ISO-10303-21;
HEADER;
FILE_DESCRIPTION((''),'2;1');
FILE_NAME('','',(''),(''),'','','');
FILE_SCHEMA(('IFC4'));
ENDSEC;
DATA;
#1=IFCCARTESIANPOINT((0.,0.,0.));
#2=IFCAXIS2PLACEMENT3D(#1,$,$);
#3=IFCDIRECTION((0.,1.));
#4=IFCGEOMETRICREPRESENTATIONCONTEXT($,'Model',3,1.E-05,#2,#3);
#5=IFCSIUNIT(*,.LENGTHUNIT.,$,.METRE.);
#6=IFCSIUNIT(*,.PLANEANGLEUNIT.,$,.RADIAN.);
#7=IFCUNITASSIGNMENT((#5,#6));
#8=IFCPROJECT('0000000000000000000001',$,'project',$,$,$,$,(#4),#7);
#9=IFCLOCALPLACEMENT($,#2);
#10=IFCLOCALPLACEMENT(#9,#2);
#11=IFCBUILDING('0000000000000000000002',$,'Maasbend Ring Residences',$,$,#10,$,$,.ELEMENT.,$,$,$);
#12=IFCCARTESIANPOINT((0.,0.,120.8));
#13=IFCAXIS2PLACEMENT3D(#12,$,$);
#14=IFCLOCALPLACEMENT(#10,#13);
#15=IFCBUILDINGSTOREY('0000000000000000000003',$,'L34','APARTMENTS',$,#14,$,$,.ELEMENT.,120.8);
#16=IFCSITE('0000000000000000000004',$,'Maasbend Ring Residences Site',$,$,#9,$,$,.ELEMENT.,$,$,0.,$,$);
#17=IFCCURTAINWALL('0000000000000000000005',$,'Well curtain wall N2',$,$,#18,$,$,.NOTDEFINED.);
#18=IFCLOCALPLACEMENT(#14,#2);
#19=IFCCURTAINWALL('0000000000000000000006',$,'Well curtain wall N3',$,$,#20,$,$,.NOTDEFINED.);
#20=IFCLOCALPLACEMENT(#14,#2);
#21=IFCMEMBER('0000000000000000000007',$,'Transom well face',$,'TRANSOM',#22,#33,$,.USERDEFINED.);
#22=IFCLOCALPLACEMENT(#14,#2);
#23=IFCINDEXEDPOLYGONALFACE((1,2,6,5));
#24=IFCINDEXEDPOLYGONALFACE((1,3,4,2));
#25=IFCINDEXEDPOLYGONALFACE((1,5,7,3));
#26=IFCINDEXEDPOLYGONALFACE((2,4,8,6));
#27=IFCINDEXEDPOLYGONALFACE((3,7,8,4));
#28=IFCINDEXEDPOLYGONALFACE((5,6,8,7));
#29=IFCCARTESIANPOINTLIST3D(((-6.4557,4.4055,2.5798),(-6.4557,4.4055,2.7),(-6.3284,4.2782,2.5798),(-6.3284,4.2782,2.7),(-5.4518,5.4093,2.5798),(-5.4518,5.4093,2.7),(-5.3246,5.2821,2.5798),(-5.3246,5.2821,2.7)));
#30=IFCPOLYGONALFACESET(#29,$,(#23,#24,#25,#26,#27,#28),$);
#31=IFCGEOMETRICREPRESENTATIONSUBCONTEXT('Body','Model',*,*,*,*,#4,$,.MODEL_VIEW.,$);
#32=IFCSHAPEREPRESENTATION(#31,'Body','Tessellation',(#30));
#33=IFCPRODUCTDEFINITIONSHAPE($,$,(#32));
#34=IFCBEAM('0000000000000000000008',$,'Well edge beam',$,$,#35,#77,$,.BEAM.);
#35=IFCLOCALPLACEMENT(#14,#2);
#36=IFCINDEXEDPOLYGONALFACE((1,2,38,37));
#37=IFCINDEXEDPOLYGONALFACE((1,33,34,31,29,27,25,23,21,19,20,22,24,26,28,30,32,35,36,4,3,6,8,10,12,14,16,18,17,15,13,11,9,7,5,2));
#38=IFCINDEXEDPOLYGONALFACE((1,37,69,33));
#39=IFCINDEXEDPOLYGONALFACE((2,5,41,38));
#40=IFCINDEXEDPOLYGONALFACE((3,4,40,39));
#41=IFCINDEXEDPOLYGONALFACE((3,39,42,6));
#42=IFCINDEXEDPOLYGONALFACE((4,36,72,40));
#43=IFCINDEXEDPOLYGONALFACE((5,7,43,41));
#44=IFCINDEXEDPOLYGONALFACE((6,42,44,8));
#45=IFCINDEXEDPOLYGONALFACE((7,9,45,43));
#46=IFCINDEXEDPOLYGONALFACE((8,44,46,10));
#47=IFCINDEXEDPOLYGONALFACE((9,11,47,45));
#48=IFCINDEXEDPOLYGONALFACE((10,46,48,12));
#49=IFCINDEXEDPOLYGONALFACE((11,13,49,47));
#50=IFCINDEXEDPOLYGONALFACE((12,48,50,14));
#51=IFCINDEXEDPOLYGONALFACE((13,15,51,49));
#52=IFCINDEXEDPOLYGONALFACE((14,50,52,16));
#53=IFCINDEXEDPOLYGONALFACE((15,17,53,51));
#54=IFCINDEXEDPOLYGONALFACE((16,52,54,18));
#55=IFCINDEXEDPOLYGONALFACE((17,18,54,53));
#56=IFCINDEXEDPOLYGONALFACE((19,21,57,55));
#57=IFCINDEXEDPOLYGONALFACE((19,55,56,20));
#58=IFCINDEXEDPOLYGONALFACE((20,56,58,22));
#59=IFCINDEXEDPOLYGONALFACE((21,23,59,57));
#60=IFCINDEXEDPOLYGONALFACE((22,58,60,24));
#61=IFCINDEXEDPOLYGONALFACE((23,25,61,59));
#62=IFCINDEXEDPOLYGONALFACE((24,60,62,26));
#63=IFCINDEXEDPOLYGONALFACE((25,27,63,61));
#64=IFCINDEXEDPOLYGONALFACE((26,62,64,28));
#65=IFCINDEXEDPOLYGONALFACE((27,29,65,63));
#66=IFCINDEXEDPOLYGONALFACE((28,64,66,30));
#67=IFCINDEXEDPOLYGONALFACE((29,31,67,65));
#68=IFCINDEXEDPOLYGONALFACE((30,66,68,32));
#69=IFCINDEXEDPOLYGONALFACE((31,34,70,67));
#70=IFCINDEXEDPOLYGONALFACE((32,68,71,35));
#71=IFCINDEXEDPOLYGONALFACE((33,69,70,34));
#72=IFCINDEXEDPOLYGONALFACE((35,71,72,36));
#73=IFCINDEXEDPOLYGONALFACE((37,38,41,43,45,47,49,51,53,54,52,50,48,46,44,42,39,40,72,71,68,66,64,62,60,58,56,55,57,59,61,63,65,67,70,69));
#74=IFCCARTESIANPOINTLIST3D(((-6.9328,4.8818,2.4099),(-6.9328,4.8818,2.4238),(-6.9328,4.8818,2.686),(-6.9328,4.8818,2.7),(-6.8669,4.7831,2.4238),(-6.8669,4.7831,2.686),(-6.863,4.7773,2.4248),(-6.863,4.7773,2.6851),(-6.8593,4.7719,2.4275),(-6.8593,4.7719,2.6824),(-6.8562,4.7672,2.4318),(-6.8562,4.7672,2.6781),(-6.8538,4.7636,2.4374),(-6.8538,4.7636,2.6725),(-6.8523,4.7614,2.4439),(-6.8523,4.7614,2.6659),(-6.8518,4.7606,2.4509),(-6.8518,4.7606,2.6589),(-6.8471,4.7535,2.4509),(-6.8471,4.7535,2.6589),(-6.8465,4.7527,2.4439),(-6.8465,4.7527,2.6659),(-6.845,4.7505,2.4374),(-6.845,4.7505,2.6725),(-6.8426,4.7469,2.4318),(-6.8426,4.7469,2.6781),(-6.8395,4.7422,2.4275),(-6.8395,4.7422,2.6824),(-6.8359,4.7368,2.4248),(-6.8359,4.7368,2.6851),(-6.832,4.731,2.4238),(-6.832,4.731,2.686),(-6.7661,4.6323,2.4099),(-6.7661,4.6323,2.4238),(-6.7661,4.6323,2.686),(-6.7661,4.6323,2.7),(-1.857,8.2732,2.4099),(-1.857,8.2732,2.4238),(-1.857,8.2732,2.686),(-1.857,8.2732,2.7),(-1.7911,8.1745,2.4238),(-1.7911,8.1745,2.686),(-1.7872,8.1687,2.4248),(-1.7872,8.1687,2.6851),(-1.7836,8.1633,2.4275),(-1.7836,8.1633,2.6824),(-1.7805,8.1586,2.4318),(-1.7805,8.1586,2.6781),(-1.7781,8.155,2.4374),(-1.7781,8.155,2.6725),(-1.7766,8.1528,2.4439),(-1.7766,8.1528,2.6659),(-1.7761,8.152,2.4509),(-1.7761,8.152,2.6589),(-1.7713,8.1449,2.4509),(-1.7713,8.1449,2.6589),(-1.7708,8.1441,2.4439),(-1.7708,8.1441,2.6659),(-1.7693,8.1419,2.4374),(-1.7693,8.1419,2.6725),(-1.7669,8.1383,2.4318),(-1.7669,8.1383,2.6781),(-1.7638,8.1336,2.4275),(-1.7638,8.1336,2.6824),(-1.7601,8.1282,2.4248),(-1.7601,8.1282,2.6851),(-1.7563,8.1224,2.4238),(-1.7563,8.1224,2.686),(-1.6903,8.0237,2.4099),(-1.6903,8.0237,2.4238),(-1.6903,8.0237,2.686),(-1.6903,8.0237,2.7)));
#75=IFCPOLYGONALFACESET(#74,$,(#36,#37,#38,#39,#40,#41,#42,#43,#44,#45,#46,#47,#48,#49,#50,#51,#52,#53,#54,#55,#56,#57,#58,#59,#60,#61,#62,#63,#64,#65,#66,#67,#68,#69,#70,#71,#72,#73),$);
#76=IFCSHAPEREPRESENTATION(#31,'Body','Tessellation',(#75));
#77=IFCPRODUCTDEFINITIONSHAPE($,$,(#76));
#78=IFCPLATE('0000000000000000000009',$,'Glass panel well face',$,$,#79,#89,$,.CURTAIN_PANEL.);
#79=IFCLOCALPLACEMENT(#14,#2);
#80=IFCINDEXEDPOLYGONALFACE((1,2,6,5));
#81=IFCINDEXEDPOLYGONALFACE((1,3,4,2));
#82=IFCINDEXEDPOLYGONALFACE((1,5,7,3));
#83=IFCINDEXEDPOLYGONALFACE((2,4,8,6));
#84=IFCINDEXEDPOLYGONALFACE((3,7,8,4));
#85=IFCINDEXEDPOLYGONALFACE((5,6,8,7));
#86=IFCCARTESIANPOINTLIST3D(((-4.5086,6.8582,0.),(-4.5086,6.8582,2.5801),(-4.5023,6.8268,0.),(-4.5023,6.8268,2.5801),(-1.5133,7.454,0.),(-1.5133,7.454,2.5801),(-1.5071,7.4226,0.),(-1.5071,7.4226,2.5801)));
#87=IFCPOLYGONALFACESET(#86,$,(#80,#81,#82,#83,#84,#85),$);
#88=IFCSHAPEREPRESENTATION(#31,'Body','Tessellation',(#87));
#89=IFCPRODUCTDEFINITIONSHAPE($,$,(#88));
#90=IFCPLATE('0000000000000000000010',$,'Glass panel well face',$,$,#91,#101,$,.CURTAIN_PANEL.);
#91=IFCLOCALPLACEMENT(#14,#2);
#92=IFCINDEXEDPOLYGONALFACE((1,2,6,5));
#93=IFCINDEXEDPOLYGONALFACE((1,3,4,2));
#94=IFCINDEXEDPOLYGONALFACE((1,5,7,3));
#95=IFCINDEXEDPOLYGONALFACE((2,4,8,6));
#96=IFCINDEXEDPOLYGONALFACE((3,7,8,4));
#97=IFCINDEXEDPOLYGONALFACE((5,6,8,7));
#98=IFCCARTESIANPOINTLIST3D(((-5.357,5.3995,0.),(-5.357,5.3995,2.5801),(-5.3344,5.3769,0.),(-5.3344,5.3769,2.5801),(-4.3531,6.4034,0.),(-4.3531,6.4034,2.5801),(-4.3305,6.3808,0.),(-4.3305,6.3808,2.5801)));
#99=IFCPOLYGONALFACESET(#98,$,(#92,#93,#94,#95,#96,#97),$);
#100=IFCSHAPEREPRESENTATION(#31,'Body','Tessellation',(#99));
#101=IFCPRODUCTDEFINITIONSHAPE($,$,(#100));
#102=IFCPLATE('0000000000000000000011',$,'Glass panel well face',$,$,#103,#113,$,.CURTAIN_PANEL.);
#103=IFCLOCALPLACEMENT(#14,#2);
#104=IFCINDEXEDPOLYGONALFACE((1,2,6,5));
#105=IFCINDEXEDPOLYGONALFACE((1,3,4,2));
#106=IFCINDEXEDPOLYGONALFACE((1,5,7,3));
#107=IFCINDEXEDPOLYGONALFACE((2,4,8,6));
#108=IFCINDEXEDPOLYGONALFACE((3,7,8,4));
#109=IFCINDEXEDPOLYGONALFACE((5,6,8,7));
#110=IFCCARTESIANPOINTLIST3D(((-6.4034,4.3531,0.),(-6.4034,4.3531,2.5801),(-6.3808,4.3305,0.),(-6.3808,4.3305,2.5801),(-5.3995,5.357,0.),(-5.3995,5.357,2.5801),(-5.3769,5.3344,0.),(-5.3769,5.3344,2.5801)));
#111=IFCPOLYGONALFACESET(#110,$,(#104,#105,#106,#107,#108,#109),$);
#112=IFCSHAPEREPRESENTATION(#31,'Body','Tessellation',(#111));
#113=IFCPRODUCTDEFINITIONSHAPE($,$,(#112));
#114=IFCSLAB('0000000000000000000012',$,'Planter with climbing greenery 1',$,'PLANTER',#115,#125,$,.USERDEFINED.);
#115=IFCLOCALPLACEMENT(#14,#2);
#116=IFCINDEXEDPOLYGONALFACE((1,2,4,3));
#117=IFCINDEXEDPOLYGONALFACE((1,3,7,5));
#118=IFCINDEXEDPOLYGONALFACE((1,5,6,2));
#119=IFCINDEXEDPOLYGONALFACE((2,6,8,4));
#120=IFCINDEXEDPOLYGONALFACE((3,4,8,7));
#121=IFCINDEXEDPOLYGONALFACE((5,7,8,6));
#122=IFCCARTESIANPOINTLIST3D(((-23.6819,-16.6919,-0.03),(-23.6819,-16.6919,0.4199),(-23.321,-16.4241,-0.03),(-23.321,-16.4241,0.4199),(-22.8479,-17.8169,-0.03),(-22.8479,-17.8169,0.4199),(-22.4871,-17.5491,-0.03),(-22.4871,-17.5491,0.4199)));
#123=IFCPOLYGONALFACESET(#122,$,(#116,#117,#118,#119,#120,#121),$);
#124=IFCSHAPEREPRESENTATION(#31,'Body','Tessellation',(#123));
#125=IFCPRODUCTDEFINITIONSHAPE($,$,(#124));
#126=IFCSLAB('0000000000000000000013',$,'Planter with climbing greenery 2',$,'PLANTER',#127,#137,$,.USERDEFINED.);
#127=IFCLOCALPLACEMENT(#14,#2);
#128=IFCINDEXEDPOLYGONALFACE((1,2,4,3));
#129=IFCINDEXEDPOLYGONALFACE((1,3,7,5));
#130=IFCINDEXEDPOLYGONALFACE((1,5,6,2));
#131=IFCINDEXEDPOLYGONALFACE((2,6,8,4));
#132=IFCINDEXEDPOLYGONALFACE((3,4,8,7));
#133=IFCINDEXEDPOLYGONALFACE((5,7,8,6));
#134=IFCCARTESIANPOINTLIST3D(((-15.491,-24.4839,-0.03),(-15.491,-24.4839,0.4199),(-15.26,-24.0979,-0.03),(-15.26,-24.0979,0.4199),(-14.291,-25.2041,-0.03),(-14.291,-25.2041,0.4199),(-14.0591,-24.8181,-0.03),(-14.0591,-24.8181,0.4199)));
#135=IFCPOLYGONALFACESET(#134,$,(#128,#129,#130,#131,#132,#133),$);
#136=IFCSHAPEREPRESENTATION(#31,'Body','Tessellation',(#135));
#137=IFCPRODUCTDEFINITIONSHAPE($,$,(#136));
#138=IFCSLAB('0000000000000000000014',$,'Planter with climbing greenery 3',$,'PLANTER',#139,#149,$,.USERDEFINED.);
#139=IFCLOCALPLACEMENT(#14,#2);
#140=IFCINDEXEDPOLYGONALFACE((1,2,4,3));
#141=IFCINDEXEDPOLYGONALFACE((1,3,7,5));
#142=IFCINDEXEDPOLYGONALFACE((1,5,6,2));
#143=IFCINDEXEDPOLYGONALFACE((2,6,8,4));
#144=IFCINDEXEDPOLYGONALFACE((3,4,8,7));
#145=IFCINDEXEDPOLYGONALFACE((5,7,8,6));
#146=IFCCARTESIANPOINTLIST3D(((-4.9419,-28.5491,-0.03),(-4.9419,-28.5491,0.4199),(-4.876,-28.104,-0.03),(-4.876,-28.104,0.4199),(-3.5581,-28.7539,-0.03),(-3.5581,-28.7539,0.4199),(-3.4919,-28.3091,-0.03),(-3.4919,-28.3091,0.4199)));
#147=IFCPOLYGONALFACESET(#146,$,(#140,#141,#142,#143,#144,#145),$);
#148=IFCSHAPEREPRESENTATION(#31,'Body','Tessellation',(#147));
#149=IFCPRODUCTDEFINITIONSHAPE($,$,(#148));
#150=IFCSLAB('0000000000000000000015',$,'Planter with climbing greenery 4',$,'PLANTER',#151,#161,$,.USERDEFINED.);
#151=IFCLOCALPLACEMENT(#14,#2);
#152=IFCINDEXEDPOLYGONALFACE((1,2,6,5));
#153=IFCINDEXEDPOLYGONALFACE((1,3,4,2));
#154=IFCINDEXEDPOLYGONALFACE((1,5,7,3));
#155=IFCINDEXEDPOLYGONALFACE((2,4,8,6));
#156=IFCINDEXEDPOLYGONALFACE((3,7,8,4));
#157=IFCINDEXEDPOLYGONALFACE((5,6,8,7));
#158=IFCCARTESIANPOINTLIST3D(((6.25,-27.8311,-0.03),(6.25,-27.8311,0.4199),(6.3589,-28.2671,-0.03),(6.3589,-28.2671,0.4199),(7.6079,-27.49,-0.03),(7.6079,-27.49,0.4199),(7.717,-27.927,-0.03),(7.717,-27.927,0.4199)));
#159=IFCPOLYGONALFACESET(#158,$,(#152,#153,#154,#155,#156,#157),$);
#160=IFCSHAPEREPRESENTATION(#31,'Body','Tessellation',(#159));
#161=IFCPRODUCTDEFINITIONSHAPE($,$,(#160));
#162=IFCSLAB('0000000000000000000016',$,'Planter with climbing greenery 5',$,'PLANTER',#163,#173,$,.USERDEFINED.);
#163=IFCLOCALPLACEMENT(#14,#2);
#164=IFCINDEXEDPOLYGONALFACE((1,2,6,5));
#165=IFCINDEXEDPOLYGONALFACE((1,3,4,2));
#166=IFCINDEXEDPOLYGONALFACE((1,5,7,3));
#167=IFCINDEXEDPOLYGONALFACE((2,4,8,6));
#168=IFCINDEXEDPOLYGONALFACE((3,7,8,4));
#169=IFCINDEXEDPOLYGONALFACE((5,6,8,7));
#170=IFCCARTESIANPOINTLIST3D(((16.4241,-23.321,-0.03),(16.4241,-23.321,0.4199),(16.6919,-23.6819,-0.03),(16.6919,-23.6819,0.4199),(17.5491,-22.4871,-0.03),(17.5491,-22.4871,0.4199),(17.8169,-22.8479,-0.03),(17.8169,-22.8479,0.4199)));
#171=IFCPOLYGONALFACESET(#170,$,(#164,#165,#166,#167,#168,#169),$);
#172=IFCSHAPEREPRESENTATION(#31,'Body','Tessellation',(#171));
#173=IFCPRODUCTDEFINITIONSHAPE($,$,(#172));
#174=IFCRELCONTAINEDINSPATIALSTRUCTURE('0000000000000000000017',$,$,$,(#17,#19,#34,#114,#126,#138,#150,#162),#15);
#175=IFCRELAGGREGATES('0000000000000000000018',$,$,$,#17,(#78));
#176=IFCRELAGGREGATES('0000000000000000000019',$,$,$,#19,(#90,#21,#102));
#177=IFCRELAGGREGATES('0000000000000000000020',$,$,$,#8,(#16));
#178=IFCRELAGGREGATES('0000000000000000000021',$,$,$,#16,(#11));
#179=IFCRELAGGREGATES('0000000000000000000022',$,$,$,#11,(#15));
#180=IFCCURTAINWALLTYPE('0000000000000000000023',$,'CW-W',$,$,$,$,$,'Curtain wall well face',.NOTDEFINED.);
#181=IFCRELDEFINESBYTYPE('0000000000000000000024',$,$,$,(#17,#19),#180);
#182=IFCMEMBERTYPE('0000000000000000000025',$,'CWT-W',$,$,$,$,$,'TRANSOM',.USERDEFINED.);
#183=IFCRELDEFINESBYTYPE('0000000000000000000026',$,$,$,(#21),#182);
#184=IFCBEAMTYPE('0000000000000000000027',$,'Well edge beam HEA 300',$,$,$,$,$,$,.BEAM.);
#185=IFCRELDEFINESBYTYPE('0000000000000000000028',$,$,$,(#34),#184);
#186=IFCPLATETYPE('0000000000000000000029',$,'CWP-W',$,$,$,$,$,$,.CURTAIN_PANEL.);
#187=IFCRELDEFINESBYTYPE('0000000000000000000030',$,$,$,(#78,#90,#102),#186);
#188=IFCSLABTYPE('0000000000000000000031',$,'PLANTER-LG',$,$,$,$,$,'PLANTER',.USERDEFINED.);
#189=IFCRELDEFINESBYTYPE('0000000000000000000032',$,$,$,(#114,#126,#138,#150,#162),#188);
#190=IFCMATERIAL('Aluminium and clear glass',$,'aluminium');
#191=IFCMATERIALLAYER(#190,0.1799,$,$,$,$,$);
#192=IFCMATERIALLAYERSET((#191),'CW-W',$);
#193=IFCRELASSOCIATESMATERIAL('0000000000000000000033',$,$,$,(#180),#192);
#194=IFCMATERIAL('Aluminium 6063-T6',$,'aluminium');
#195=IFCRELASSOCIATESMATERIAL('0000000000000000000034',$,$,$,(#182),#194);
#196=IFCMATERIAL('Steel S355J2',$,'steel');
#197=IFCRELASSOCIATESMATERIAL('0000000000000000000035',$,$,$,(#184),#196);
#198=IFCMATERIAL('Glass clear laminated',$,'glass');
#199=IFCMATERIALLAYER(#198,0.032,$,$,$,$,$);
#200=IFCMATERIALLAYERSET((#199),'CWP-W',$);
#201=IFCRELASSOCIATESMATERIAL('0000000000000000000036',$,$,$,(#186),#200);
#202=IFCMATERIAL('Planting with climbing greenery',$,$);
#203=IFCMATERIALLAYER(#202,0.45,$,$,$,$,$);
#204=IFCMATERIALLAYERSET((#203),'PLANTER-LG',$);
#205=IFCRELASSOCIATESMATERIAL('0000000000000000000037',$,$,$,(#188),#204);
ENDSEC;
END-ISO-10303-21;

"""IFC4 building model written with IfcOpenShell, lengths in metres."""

from ifc_helpers import new_model, si_unit, direction, frame, origin, origin_2d, place, context, subcontext, project, spatial, polyline, rectangle, i_section, outline, extrude, material, layer, layer_set, material_profile, profile_set, type_object, element, aggregate, save


model = new_model("IFC4")

# Units and contexts
model_context = context("Model", 3, precision=1e-05, world=origin(), true_north=direction((0.0, 1.0)))
body_context = subcontext(model_context, "Body", "Model", "MODEL_VIEW")
ifc_project = project(units=[si_unit("LENGTHUNIT", "METRE"), si_unit("PLANEANGLEUNIT", "RADIAN")], contexts=[model_context])

# Site, building, storey
site_placement = place(None, origin())
site = spatial("IfcSite", under=ifc_project, at=site_placement, Name="Maasbend Ring Residences Site", CompositionType="ELEMENT", RefElevation=0.0)
building_placement = place(site_placement, origin())
building = spatial("IfcBuilding", under=site, at=building_placement, Name="Maasbend Ring Residences", CompositionType="ELEMENT")
storey_placement = place(building_placement, frame((0.0, 0.0, 120.8)))
storey = spatial("IfcBuildingStorey", under=building, at=storey_placement, Name="L34", Description="APARTMENTS", CompositionType="ELEMENT", Elevation=120.8)

# Curtain walls
ifc_material_1 = material(Name="Aluminium and clear glass", Category="aluminium")
ifc_layer_1 = layer(ifc_material_1, 0.1799)
ifc_layer_set_1 = layer_set([ifc_layer_1], Name="CW-W")
curtain_wall_type = type_object("IfcCurtainWallType", Name="CW-W", ElementType="Curtain wall well face", PredefinedType="NOTDEFINED", material=ifc_layer_set_1)
curtain_wall_1_placement = place(storey_placement, origin())
curtain_wall_1 = element("IfcCurtainWall", 1, at=curtain_wall_1_placement, inside=storey, type_object=curtain_wall_type, Name="Well curtain wall N2", PredefinedType="NOTDEFINED")
curtain_wall_2_placement = place(storey_placement, origin())
curtain_wall_2 = element("IfcCurtainWall", 2, at=curtain_wall_2_placement, inside=storey, type_object=curtain_wall_type, Name="Well curtain wall N3", PredefinedType="NOTDEFINED")

# Member
ifc_material_2 = material(Name="Aluminium 6063-T6", Category="aluminium")
ifc_material_profile_1 = material_profile(ifc_material_2, rectangle(XDim=0.1799, YDim=0.1201, at=origin_2d()), Name="AL 180x120")
ifc_profile_set_1 = profile_set([ifc_material_profile_1], Name="Aluminium 6063-T6")
member_type_1 = type_object("IfcMemberType", Name="CWT-W", ElementType="TRANSOM", PredefinedType="USERDEFINED", material=ifc_profile_set_1)
member_1_placement = place(storey_placement, frame((-5.3882, 5.3457, 2.6399), z_axis=(-0.707107, -0.707107, 0.0), x_axis=(0.707107, -0.707107, 0.0)))
member_1 = element("IfcMember", 3, at=member_1_placement, type_object=member_type_1, Name="Transom well face", ObjectType="TRANSOM", PredefinedType="USERDEFINED", context=body_context, shape_type="SweptSolid", body=[
    extrude(rectangle(XDim=0.1799, YDim=0.1201, at=origin_2d()), origin(), (0.0, 0.0, 1.0), 1.4197),
])

# Beam
ifc_material_3 = material(Name="Steel S355J2", Category="steel")
ifc_material_profile_2 = material_profile(ifc_material_3, i_section(OverallWidth=0.3, OverallDepth=0.29, WebThickness=0.0085, FlangeThickness=0.0139, FilletRadius=0.0271, at=origin_2d()), Name="HEA 300")
ifc_profile_set_2 = profile_set([ifc_material_profile_2], Name="Steel S355J2")
beam_type = type_object("IfcBeamType", Name="Well edge beam HEA 300", PredefinedType="BEAM", material=ifc_profile_set_2)
beam_placement = place(storey_placement, frame((-1.7737, 8.1484, 2.5549), z_axis=(-0.831478, -0.555558, 0.0), x_axis=(0.555558, -0.831478, 0.0)))
element("IfcBeam", 4, at=beam_placement, inside=storey, type_object=beam_type, Name="Well edge beam", PredefinedType="BEAM", context=body_context, shape_type="SweptSolid", body=[
    extrude(i_section(OverallWidth=0.3, OverallDepth=0.29, WebThickness=0.0085, FlangeThickness=0.0139, FilletRadius=0.0271, at=origin_2d()), origin(), (0.0, 0.0, 1.0), 6.1045),
])

# Plates
ifc_material_4 = material(Name="Glass clear laminated", Category="glass")
ifc_layer_2 = layer(ifc_material_4, 0.032)
ifc_layer_set_2 = layer_set([ifc_layer_2], Name="CWP-W")
plate_type = type_object("IfcPlateType", Name="CWP-W", PredefinedType="CURTAIN_PANEL", material=ifc_layer_set_2)
plate_1_placement = place(storey_placement, frame((-3.0078, 7.1404, 0.0), z_axis=(0.0, 0.0, 1.0), x_axis=(-0.980785, -0.19509, 0.0)))
plate_1 = element("IfcPlate", 5, at=plate_1_placement, type_object=plate_type, Name="Glass panel well face", PredefinedType="CURTAIN_PANEL", context=body_context, shape_type="SweptSolid", body=[
    extrude(rectangle(XDim=3.054, YDim=0.032, at=origin_2d()), origin(), (0.0, 0.0, 1.0), 2.5801),
])
aggregate(curtain_wall_1, [plate_1])
plate_2_placement = place(storey_placement, frame((-4.8438, 5.8901, 0.0), z_axis=(0.0, 0.0, 1.0), x_axis=(-0.707107, -0.707107, 0.0)))
plate_2 = element("IfcPlate", 6, at=plate_2_placement, type_object=plate_type, Name="Glass panel well face", PredefinedType="CURTAIN_PANEL", context=body_context, shape_type="SweptSolid", body=[
    extrude(rectangle(XDim=1.4197, YDim=0.032, at=origin_2d()), origin(), (0.0, 0.0, 1.0), 2.5801),
])
plate_3_placement = place(storey_placement, frame((-5.8901, 4.8438, 0.0), z_axis=(0.0, 0.0, 1.0), x_axis=(-0.707107, -0.707107, 0.0)))
plate_3 = element("IfcPlate", 7, at=plate_3_placement, type_object=plate_type, Name="Glass panel well face", PredefinedType="CURTAIN_PANEL", context=body_context, shape_type="SweptSolid", body=[
    extrude(rectangle(XDim=1.4197, YDim=0.032, at=origin_2d()), origin(), (0.0, 0.0, 1.0), 2.5801),
])
aggregate(curtain_wall_2, [plate_2, member_1, plate_3])

# Slabs
ifc_material_5 = material(Name="Planting with climbing greenery")
ifc_layer_3 = layer(ifc_material_5, 0.45)
ifc_layer_set_3 = layer_set([ifc_layer_3], Name="PLANTER-LG")
slab_type_1 = type_object("IfcSlabType", Name="PLANTER-LG", ElementType="PLANTER", PredefinedType="USERDEFINED", material=ifc_layer_set_3)
slab_1_placement = place(storey_placement, frame((0.0, 0.0, -0.03)))
element("IfcSlab", 8, at=slab_1_placement, inside=storey, type_object=slab_type_1, Name="Planter with climbing greenery 1", ObjectType="PLANTER", PredefinedType="USERDEFINED", context=body_context, shape_type="SweptSolid", body=[
    extrude(outline(polyline([(-23.6819, -16.6919), (-22.8479, -17.8169), (-22.4871, -17.5491), (-23.321, -16.4241), (-23.6819, -16.6919)])), origin(), (0.0, 0.0, 1.0), 0.45),
])
slab_2_placement = place(storey_placement, frame((0.0, 0.0, -0.03)))
element("IfcSlab", 9, at=slab_2_placement, inside=storey, type_object=slab_type_1, Name="Planter with climbing greenery 2", ObjectType="PLANTER", PredefinedType="USERDEFINED", context=body_context, shape_type="SweptSolid", body=[
    extrude(outline(polyline([(-15.491, -24.4839), (-14.291, -25.2041), (-14.0591, -24.8181), (-15.26, -24.0979), (-15.491, -24.4839)])), origin(), (0.0, 0.0, 1.0), 0.45),
])
slab_3_placement = place(storey_placement, frame((0.0, 0.0, -0.03)))
element("IfcSlab", 10, at=slab_3_placement, inside=storey, type_object=slab_type_1, Name="Planter with climbing greenery 3", ObjectType="PLANTER", PredefinedType="USERDEFINED", context=body_context, shape_type="SweptSolid", body=[
    extrude(outline(polyline([(-4.9419, -28.5491), (-3.5581, -28.7539), (-3.4919, -28.3091), (-4.876, -28.104), (-4.9419, -28.5491)])), origin(), (0.0, 0.0, 1.0), 0.45),
])
slab_4_placement = place(storey_placement, frame((0.0, 0.0, -0.03)))
element("IfcSlab", 11, at=slab_4_placement, inside=storey, type_object=slab_type_1, Name="Planter with climbing greenery 4", ObjectType="PLANTER", PredefinedType="USERDEFINED", context=body_context, shape_type="SweptSolid", body=[
    extrude(outline(polyline([(6.3589, -28.2671), (7.717, -27.927), (7.6079, -27.49), (6.25, -27.8311), (6.3589, -28.2671)])), origin(), (0.0, 0.0, 1.0), 0.45),
])
slab_5_placement = place(storey_placement, frame((0.0, 0.0, -0.03)))
element("IfcSlab", 12, at=slab_5_placement, inside=storey, type_object=slab_type_1, Name="Planter with climbing greenery 5", ObjectType="PLANTER", PredefinedType="USERDEFINED", context=body_context, shape_type="SweptSolid", body=[
    extrude(outline(polyline([(16.6919, -23.6819), (17.8169, -22.8479), (17.5491, -22.4871), (16.4241, -23.321), (16.6919, -23.6819)])), origin(), (0.0, 0.0, 1.0), 0.45),
])

save(model, "model.ifc")
